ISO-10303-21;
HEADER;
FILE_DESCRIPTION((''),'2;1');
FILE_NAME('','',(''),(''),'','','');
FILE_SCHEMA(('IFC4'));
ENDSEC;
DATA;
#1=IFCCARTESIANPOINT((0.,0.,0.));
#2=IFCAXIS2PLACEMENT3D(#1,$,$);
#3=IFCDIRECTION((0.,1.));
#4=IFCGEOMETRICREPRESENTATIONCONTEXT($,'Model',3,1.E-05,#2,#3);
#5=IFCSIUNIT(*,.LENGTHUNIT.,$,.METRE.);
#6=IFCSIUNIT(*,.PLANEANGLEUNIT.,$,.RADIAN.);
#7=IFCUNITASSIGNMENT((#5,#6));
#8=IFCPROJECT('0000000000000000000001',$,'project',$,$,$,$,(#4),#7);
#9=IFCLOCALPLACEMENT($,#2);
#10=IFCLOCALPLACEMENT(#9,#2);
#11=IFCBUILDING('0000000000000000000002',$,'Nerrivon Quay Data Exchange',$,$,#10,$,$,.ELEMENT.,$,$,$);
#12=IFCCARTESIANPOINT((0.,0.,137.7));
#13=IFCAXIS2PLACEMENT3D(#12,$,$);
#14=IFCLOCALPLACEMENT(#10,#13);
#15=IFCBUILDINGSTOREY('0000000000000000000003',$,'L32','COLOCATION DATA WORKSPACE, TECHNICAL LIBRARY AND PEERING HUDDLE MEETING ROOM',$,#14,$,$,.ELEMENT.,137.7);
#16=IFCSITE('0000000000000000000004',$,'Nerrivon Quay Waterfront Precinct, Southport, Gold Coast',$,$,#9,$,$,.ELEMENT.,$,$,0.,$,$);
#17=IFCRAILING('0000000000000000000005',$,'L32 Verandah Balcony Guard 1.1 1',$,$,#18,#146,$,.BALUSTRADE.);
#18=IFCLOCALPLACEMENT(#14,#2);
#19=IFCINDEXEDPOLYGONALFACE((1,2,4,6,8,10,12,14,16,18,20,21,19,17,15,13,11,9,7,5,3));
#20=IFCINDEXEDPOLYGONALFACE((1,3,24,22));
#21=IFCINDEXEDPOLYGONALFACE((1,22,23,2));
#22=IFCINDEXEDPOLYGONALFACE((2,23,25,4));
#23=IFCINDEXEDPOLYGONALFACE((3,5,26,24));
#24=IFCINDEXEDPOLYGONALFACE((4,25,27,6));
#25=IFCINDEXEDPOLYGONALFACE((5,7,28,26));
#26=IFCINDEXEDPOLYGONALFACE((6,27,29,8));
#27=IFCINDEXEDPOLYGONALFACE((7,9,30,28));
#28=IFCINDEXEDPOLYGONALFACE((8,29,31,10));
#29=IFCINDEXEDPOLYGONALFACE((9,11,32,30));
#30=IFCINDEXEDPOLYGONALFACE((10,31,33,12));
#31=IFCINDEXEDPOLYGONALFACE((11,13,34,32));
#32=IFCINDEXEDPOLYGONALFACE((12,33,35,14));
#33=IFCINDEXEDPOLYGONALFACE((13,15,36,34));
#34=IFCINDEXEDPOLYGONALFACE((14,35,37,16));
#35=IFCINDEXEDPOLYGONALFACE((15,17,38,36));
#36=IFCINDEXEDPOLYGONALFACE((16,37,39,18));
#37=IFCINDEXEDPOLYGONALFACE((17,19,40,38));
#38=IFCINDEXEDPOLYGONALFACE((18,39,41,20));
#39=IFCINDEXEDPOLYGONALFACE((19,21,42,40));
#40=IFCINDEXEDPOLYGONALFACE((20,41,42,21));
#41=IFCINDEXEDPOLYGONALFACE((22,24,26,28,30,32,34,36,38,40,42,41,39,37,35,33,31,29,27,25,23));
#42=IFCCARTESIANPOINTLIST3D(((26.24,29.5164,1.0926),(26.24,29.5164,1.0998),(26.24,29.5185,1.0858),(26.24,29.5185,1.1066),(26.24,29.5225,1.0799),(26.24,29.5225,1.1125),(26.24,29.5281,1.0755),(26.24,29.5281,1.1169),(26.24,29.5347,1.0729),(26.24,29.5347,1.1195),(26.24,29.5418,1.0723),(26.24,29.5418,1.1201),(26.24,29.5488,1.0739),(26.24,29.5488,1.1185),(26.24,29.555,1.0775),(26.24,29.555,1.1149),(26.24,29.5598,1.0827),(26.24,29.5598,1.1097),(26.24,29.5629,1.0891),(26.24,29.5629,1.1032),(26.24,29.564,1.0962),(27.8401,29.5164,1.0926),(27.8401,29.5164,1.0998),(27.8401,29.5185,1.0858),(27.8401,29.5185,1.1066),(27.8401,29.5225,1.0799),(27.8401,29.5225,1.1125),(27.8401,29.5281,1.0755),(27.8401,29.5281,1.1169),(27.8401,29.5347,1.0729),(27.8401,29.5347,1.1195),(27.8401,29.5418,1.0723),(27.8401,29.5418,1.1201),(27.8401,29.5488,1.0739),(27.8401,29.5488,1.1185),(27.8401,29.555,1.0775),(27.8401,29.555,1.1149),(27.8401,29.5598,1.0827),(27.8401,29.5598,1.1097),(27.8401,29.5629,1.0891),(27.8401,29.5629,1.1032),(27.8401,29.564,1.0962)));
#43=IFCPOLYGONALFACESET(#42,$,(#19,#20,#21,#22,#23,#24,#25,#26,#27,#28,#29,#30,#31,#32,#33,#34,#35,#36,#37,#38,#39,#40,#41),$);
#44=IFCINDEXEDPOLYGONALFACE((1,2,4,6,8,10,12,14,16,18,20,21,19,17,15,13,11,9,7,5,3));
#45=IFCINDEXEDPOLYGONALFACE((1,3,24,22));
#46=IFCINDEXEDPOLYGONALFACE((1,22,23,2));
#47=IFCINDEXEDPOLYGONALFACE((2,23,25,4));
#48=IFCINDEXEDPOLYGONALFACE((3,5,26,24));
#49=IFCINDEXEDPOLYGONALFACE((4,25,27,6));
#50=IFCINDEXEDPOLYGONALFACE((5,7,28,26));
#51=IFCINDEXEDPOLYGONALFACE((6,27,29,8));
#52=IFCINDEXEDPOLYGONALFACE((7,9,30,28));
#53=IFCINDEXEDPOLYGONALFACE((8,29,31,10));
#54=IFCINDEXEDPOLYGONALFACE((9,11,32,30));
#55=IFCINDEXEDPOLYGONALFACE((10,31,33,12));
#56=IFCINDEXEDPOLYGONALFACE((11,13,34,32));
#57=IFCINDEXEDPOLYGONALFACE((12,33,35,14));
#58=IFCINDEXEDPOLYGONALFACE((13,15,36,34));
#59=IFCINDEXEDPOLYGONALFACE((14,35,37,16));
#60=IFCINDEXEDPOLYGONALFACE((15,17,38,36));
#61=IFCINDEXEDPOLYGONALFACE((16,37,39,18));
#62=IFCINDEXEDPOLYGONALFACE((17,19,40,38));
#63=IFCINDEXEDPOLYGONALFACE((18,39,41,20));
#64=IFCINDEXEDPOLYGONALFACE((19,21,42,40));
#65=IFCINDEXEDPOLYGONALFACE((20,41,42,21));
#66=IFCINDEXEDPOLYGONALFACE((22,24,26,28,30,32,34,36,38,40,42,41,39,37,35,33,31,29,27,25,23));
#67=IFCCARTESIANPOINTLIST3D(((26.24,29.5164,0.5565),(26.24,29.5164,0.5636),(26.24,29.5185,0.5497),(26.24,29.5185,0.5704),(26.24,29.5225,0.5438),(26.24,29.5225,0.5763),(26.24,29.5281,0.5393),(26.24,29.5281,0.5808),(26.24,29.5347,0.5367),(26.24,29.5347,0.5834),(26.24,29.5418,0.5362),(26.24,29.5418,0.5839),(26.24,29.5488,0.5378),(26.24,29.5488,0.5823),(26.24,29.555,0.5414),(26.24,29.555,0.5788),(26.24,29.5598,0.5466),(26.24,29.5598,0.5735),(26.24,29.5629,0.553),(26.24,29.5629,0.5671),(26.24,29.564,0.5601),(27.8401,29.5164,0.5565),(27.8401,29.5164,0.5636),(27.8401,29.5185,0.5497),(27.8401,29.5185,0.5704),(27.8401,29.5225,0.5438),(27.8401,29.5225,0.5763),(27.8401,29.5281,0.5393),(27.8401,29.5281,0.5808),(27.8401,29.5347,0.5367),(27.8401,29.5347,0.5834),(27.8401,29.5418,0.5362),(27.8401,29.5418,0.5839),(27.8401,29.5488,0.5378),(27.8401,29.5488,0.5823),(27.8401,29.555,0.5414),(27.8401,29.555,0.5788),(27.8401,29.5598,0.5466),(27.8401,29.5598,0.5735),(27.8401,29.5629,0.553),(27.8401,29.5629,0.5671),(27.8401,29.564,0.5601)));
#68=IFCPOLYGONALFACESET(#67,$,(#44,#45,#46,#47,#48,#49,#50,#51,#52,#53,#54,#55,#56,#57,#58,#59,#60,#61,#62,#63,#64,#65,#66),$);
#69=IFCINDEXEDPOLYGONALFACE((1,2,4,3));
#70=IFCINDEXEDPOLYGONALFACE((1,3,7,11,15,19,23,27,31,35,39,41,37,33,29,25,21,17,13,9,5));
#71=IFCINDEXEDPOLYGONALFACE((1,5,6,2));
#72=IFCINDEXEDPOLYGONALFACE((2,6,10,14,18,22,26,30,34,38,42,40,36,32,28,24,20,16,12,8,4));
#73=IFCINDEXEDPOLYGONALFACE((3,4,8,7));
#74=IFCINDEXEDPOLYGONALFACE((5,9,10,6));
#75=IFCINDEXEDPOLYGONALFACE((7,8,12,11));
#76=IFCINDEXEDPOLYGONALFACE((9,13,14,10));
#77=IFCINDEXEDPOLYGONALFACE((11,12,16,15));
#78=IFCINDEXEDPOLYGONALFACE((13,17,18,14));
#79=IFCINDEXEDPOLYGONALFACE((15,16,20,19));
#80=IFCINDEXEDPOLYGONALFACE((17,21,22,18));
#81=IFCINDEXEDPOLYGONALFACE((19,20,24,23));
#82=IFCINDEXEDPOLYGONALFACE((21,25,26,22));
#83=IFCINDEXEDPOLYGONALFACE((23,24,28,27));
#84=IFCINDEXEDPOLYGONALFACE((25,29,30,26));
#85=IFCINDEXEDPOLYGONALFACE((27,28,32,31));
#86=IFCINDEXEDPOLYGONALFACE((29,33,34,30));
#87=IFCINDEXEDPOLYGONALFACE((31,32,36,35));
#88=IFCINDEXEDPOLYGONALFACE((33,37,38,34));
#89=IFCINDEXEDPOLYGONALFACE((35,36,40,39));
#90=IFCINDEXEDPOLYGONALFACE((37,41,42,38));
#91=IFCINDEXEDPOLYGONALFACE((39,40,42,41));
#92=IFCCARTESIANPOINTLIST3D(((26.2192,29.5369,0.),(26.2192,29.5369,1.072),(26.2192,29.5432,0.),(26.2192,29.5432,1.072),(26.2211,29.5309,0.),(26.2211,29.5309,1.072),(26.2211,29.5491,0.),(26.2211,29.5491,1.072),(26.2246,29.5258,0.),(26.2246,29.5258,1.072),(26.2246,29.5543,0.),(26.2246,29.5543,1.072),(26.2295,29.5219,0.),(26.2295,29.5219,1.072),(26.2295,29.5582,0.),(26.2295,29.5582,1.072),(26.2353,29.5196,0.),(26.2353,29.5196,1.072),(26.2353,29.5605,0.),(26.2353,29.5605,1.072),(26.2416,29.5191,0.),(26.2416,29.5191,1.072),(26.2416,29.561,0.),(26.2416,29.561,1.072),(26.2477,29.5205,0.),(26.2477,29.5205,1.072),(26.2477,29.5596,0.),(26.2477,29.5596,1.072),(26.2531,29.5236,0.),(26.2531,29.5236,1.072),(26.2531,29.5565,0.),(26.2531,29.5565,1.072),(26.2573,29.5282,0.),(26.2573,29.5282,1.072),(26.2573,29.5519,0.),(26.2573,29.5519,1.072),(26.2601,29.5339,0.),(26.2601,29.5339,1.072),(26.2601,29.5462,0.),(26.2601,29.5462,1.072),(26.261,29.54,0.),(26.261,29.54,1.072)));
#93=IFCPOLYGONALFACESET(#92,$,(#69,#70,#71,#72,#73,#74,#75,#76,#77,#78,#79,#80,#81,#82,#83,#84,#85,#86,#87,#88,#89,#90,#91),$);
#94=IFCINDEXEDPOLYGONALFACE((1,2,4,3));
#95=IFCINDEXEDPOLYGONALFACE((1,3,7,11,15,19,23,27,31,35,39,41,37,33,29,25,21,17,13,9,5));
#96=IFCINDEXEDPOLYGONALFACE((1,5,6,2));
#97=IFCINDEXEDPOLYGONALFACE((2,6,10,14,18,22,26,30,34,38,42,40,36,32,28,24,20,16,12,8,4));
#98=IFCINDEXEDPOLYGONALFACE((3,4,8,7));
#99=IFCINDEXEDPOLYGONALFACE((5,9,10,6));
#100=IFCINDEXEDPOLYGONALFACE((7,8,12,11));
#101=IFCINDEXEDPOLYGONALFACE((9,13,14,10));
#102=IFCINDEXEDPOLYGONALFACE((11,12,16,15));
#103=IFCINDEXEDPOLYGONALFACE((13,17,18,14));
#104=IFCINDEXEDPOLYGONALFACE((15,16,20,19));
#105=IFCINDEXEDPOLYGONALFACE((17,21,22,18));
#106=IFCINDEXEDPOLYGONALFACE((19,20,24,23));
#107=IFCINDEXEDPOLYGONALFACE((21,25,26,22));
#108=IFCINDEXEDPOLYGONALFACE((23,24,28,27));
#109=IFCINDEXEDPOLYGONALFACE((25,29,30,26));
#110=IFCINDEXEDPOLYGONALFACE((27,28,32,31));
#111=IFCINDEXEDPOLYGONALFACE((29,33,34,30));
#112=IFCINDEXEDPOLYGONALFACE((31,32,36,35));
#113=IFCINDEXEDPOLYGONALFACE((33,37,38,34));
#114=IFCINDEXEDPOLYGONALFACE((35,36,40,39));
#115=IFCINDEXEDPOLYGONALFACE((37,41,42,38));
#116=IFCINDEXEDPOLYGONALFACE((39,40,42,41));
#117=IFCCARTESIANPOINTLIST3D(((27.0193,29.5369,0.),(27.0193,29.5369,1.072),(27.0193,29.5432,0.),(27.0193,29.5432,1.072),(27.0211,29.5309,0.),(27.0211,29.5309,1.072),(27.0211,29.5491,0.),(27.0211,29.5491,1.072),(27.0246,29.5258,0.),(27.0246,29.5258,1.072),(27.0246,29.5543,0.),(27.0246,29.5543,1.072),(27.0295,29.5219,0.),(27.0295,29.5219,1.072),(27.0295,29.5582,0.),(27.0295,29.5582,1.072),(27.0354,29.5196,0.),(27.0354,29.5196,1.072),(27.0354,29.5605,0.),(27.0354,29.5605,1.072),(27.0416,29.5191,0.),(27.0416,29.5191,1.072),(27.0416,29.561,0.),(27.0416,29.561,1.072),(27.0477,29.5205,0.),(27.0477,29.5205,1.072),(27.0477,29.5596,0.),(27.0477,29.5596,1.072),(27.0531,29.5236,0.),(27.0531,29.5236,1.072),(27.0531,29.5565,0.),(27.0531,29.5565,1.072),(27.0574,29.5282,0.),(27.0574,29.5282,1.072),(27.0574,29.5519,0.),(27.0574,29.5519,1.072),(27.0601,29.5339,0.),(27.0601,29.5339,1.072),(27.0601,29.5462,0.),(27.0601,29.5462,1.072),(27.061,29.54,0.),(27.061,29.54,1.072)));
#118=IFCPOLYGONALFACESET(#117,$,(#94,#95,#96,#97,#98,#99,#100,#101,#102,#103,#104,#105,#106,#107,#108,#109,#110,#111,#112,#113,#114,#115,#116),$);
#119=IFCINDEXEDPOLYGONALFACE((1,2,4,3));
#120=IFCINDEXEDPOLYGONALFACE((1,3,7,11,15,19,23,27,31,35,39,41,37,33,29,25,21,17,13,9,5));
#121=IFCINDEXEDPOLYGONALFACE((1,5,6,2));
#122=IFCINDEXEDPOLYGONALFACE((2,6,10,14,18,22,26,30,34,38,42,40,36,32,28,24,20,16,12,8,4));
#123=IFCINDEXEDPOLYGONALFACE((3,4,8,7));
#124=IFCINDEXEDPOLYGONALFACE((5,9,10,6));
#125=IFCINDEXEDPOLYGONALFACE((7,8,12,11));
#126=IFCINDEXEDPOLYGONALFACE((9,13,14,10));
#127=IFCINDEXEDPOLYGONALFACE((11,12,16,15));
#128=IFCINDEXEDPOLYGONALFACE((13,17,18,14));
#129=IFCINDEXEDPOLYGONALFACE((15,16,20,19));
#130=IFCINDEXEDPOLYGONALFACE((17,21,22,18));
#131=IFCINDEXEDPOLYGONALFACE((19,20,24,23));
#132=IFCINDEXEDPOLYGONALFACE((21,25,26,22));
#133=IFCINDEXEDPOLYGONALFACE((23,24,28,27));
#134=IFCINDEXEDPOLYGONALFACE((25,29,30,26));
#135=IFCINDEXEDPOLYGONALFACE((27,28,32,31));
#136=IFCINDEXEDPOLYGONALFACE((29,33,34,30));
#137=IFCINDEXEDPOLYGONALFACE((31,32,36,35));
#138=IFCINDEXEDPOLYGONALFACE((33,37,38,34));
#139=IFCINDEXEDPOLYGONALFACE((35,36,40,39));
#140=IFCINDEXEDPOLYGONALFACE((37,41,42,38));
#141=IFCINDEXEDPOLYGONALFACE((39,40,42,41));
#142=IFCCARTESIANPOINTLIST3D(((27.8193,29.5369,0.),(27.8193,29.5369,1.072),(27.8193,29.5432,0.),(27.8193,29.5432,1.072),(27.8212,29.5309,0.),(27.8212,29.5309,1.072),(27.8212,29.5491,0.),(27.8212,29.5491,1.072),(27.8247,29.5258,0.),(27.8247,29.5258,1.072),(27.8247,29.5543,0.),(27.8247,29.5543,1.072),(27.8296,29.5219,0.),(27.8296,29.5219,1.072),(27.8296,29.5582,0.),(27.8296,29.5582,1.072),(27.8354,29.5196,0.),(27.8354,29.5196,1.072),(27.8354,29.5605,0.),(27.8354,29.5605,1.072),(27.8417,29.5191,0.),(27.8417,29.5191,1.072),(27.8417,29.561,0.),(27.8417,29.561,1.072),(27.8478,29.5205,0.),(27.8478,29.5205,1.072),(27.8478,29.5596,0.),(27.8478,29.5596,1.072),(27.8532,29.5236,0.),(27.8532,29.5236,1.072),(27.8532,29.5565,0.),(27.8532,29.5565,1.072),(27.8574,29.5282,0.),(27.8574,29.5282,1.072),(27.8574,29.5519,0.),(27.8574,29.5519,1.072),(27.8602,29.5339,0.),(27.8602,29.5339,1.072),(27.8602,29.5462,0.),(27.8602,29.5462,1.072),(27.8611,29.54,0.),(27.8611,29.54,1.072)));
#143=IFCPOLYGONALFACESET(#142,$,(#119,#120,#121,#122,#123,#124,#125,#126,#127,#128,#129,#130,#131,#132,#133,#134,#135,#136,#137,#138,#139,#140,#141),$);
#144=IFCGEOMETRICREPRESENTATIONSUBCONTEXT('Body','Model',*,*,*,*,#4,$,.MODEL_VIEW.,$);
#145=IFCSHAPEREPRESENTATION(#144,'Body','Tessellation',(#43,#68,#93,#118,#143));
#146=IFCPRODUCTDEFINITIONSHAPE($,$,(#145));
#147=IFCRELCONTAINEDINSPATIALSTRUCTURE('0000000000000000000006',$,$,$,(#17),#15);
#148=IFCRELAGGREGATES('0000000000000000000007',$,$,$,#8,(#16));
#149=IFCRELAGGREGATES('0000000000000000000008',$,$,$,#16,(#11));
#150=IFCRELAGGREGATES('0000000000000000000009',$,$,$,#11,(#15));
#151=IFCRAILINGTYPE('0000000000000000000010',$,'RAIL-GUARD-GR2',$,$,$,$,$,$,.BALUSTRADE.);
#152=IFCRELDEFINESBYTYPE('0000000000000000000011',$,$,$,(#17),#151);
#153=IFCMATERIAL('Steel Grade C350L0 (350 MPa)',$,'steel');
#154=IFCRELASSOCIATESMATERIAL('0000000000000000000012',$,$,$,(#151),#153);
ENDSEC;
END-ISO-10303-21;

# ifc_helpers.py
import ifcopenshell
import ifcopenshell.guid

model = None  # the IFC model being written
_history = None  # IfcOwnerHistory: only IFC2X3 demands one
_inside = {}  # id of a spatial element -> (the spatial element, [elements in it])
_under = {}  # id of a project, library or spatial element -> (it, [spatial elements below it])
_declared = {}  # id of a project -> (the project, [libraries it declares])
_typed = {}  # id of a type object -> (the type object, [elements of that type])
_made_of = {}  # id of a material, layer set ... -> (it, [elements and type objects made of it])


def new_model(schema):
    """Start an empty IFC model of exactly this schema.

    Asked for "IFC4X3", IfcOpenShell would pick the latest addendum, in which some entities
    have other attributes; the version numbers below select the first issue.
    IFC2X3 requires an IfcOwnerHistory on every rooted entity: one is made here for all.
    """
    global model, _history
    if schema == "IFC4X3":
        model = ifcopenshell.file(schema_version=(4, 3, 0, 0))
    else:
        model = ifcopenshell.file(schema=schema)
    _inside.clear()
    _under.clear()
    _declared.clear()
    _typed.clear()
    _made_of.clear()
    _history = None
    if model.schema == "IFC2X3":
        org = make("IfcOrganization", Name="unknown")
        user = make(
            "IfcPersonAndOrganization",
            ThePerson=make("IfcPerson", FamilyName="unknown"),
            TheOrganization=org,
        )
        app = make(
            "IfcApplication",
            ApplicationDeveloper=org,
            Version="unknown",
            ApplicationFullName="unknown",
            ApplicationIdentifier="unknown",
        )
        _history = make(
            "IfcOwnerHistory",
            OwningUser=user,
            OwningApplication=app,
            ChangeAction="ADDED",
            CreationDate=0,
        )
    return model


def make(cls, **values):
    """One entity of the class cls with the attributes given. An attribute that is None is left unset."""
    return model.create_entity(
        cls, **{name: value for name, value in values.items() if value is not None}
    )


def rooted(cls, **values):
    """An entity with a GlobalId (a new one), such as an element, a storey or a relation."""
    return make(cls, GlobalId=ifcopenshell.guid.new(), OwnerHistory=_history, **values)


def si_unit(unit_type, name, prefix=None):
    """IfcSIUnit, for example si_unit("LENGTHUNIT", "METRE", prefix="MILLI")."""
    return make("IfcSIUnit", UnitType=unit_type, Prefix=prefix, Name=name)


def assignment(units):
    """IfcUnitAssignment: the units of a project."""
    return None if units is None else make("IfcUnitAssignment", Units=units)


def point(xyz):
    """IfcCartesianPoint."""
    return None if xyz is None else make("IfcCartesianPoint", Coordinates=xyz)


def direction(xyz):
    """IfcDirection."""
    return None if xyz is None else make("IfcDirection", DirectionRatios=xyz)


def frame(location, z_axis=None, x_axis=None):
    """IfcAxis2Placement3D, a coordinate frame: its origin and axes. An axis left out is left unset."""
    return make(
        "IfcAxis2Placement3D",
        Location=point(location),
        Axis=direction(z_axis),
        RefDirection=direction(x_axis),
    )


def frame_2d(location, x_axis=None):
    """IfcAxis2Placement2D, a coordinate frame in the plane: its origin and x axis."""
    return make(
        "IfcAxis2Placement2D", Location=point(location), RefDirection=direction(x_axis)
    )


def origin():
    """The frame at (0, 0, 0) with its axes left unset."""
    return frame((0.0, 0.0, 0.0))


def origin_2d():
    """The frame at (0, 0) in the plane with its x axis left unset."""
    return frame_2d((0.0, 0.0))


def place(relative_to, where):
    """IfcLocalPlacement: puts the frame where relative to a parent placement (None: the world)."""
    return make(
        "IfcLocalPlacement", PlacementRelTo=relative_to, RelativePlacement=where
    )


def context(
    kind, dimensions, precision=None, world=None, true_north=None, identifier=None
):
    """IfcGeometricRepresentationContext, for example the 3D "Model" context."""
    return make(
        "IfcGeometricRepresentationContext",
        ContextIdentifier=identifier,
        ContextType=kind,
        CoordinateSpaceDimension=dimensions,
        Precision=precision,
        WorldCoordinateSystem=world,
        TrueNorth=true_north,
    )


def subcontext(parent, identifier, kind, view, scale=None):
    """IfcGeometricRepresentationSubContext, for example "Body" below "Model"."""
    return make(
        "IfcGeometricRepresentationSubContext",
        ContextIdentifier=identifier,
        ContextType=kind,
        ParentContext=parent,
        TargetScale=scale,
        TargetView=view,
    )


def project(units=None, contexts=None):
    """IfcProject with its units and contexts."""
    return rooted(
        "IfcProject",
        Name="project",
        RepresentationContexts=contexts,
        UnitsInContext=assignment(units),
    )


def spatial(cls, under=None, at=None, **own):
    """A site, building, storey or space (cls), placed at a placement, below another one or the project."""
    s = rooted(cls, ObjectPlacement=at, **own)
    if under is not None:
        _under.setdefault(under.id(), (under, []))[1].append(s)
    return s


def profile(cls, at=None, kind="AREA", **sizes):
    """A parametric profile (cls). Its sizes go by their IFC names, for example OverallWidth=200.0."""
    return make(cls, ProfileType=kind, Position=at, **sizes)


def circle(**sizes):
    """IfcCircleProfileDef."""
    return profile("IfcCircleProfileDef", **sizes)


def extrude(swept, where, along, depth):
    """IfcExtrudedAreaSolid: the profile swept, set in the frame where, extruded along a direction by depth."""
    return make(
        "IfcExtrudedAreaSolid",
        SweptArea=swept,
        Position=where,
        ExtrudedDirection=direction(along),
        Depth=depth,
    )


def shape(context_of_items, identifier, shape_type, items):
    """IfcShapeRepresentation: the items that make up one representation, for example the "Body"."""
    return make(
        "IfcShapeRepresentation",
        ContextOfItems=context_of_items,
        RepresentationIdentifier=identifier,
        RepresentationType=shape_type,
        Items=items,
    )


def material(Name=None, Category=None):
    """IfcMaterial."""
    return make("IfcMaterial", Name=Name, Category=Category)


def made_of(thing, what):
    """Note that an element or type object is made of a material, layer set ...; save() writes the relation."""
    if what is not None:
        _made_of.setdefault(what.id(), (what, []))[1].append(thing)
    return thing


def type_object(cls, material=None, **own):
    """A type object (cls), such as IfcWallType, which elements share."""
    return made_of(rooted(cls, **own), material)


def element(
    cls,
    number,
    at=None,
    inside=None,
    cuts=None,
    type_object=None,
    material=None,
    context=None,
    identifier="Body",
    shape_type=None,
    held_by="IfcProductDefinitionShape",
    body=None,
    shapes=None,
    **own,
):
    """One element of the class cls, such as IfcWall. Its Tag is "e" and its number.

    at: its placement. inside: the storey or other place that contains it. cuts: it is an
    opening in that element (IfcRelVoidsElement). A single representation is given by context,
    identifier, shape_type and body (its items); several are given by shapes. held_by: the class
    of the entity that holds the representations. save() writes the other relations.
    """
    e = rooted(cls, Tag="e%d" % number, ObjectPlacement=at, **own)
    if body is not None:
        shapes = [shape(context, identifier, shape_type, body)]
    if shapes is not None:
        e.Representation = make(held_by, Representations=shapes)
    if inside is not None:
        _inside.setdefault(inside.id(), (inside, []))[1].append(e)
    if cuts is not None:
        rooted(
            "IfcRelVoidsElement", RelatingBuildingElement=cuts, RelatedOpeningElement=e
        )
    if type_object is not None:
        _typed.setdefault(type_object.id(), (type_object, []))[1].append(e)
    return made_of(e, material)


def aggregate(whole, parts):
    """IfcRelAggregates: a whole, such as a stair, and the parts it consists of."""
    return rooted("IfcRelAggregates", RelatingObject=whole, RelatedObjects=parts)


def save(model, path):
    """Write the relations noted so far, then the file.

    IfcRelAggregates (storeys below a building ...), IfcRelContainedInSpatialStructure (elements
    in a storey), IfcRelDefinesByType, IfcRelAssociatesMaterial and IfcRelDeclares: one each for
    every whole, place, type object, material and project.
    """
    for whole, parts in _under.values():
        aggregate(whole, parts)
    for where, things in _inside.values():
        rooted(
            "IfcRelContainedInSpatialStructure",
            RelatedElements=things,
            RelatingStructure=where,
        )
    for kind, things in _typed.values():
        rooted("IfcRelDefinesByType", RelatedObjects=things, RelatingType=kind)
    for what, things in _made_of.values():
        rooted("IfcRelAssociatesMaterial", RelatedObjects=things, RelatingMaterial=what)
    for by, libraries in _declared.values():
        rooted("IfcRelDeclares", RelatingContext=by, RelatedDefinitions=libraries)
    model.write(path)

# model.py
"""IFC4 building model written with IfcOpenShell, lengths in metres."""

from ifc_helpers import new_model, si_unit, direction, frame, origin, origin_2d, place, context, subcontext, project, spatial, circle, extrude, material, type_object, element, save


model = new_model("IFC4")

# Units and contexts
model_context = context("Model", 3, precision=1e-05, world=origin(), true_north=direction((0.0, 1.0)))
body_context = subcontext(model_context, "Body", "Model", "MODEL_VIEW")
ifc_project = project(units=[si_unit("LENGTHUNIT", "METRE"), si_unit("PLANEANGLEUNIT", "RADIAN")], contexts=[model_context])

# Site, building, storey
site_placement = place(None, origin())
site = spatial("IfcSite", under=ifc_project, at=site_placement, Name="Nerrivon Quay Waterfront Precinct, Southport, Gold Coast", CompositionType="ELEMENT", RefElevation=0.0)
building_placement = place(site_placement, origin())
building = spatial("IfcBuilding", under=site, at=building_placement, Name="Nerrivon Quay Data Exchange", CompositionType="ELEMENT")
storey_placement = place(building_placement, frame((0.0, 0.0, 137.7)))
storey = spatial("IfcBuildingStorey", under=building, at=storey_placement, Name="L32", Description="COLOCATION DATA WORKSPACE, TECHNICAL LIBRARY AND PEERING HUDDLE MEETING ROOM", CompositionType="ELEMENT", Elevation=137.7)

# Railing
ifc_material_1 = material(Name="Steel Grade C350L0 (350 MPa)", Category="steel")
railing_type = type_object("IfcRailingType", Name="RAIL-GUARD-GR2", PredefinedType="BALUSTRADE", material=ifc_material_1)
railing_placement = place(storey_placement, frame((26.24, 29.54, 0.0)))
element("IfcRailing", 1, at=railing_placement, inside=storey, type_object=railing_type, Name="L32 Verandah Balcony Guard 1.1 1", PredefinedType="BALUSTRADE", context=body_context, shape_type="SweptSolid", body=[
    extrude(circle(Radius=0.0239, at=origin_2d()), frame((0.0, 0.0, 1.0962), z_axis=(1.0, 0.0, 0.0), x_axis=(0.0, 1.0, 0.0)), (0.0, 0.0, 1.0), 1.6001),
    extrude(circle(Radius=0.0239, at=origin_2d()), frame((0.0, 0.0, 0.5601), z_axis=(1.0, 0.0, 0.0), x_axis=(0.0, 1.0, 0.0)), (0.0, 0.0, 1.0), 1.6001),
    extrude(circle(Radius=0.021, at=origin_2d()), origin(), (0.0, 0.0, 1.0), 1.072),
    extrude(circle(Radius=0.021, at=origin_2d()), frame((0.8, 0.0, 0.0)), (0.0, 0.0, 1.0), 1.072),
    extrude(circle(Radius=0.021, at=origin_2d()), frame((1.6001, 0.0, 0.0)), (0.0, 0.0, 1.0), 1.072),
])

save(model, "model.ifc")
